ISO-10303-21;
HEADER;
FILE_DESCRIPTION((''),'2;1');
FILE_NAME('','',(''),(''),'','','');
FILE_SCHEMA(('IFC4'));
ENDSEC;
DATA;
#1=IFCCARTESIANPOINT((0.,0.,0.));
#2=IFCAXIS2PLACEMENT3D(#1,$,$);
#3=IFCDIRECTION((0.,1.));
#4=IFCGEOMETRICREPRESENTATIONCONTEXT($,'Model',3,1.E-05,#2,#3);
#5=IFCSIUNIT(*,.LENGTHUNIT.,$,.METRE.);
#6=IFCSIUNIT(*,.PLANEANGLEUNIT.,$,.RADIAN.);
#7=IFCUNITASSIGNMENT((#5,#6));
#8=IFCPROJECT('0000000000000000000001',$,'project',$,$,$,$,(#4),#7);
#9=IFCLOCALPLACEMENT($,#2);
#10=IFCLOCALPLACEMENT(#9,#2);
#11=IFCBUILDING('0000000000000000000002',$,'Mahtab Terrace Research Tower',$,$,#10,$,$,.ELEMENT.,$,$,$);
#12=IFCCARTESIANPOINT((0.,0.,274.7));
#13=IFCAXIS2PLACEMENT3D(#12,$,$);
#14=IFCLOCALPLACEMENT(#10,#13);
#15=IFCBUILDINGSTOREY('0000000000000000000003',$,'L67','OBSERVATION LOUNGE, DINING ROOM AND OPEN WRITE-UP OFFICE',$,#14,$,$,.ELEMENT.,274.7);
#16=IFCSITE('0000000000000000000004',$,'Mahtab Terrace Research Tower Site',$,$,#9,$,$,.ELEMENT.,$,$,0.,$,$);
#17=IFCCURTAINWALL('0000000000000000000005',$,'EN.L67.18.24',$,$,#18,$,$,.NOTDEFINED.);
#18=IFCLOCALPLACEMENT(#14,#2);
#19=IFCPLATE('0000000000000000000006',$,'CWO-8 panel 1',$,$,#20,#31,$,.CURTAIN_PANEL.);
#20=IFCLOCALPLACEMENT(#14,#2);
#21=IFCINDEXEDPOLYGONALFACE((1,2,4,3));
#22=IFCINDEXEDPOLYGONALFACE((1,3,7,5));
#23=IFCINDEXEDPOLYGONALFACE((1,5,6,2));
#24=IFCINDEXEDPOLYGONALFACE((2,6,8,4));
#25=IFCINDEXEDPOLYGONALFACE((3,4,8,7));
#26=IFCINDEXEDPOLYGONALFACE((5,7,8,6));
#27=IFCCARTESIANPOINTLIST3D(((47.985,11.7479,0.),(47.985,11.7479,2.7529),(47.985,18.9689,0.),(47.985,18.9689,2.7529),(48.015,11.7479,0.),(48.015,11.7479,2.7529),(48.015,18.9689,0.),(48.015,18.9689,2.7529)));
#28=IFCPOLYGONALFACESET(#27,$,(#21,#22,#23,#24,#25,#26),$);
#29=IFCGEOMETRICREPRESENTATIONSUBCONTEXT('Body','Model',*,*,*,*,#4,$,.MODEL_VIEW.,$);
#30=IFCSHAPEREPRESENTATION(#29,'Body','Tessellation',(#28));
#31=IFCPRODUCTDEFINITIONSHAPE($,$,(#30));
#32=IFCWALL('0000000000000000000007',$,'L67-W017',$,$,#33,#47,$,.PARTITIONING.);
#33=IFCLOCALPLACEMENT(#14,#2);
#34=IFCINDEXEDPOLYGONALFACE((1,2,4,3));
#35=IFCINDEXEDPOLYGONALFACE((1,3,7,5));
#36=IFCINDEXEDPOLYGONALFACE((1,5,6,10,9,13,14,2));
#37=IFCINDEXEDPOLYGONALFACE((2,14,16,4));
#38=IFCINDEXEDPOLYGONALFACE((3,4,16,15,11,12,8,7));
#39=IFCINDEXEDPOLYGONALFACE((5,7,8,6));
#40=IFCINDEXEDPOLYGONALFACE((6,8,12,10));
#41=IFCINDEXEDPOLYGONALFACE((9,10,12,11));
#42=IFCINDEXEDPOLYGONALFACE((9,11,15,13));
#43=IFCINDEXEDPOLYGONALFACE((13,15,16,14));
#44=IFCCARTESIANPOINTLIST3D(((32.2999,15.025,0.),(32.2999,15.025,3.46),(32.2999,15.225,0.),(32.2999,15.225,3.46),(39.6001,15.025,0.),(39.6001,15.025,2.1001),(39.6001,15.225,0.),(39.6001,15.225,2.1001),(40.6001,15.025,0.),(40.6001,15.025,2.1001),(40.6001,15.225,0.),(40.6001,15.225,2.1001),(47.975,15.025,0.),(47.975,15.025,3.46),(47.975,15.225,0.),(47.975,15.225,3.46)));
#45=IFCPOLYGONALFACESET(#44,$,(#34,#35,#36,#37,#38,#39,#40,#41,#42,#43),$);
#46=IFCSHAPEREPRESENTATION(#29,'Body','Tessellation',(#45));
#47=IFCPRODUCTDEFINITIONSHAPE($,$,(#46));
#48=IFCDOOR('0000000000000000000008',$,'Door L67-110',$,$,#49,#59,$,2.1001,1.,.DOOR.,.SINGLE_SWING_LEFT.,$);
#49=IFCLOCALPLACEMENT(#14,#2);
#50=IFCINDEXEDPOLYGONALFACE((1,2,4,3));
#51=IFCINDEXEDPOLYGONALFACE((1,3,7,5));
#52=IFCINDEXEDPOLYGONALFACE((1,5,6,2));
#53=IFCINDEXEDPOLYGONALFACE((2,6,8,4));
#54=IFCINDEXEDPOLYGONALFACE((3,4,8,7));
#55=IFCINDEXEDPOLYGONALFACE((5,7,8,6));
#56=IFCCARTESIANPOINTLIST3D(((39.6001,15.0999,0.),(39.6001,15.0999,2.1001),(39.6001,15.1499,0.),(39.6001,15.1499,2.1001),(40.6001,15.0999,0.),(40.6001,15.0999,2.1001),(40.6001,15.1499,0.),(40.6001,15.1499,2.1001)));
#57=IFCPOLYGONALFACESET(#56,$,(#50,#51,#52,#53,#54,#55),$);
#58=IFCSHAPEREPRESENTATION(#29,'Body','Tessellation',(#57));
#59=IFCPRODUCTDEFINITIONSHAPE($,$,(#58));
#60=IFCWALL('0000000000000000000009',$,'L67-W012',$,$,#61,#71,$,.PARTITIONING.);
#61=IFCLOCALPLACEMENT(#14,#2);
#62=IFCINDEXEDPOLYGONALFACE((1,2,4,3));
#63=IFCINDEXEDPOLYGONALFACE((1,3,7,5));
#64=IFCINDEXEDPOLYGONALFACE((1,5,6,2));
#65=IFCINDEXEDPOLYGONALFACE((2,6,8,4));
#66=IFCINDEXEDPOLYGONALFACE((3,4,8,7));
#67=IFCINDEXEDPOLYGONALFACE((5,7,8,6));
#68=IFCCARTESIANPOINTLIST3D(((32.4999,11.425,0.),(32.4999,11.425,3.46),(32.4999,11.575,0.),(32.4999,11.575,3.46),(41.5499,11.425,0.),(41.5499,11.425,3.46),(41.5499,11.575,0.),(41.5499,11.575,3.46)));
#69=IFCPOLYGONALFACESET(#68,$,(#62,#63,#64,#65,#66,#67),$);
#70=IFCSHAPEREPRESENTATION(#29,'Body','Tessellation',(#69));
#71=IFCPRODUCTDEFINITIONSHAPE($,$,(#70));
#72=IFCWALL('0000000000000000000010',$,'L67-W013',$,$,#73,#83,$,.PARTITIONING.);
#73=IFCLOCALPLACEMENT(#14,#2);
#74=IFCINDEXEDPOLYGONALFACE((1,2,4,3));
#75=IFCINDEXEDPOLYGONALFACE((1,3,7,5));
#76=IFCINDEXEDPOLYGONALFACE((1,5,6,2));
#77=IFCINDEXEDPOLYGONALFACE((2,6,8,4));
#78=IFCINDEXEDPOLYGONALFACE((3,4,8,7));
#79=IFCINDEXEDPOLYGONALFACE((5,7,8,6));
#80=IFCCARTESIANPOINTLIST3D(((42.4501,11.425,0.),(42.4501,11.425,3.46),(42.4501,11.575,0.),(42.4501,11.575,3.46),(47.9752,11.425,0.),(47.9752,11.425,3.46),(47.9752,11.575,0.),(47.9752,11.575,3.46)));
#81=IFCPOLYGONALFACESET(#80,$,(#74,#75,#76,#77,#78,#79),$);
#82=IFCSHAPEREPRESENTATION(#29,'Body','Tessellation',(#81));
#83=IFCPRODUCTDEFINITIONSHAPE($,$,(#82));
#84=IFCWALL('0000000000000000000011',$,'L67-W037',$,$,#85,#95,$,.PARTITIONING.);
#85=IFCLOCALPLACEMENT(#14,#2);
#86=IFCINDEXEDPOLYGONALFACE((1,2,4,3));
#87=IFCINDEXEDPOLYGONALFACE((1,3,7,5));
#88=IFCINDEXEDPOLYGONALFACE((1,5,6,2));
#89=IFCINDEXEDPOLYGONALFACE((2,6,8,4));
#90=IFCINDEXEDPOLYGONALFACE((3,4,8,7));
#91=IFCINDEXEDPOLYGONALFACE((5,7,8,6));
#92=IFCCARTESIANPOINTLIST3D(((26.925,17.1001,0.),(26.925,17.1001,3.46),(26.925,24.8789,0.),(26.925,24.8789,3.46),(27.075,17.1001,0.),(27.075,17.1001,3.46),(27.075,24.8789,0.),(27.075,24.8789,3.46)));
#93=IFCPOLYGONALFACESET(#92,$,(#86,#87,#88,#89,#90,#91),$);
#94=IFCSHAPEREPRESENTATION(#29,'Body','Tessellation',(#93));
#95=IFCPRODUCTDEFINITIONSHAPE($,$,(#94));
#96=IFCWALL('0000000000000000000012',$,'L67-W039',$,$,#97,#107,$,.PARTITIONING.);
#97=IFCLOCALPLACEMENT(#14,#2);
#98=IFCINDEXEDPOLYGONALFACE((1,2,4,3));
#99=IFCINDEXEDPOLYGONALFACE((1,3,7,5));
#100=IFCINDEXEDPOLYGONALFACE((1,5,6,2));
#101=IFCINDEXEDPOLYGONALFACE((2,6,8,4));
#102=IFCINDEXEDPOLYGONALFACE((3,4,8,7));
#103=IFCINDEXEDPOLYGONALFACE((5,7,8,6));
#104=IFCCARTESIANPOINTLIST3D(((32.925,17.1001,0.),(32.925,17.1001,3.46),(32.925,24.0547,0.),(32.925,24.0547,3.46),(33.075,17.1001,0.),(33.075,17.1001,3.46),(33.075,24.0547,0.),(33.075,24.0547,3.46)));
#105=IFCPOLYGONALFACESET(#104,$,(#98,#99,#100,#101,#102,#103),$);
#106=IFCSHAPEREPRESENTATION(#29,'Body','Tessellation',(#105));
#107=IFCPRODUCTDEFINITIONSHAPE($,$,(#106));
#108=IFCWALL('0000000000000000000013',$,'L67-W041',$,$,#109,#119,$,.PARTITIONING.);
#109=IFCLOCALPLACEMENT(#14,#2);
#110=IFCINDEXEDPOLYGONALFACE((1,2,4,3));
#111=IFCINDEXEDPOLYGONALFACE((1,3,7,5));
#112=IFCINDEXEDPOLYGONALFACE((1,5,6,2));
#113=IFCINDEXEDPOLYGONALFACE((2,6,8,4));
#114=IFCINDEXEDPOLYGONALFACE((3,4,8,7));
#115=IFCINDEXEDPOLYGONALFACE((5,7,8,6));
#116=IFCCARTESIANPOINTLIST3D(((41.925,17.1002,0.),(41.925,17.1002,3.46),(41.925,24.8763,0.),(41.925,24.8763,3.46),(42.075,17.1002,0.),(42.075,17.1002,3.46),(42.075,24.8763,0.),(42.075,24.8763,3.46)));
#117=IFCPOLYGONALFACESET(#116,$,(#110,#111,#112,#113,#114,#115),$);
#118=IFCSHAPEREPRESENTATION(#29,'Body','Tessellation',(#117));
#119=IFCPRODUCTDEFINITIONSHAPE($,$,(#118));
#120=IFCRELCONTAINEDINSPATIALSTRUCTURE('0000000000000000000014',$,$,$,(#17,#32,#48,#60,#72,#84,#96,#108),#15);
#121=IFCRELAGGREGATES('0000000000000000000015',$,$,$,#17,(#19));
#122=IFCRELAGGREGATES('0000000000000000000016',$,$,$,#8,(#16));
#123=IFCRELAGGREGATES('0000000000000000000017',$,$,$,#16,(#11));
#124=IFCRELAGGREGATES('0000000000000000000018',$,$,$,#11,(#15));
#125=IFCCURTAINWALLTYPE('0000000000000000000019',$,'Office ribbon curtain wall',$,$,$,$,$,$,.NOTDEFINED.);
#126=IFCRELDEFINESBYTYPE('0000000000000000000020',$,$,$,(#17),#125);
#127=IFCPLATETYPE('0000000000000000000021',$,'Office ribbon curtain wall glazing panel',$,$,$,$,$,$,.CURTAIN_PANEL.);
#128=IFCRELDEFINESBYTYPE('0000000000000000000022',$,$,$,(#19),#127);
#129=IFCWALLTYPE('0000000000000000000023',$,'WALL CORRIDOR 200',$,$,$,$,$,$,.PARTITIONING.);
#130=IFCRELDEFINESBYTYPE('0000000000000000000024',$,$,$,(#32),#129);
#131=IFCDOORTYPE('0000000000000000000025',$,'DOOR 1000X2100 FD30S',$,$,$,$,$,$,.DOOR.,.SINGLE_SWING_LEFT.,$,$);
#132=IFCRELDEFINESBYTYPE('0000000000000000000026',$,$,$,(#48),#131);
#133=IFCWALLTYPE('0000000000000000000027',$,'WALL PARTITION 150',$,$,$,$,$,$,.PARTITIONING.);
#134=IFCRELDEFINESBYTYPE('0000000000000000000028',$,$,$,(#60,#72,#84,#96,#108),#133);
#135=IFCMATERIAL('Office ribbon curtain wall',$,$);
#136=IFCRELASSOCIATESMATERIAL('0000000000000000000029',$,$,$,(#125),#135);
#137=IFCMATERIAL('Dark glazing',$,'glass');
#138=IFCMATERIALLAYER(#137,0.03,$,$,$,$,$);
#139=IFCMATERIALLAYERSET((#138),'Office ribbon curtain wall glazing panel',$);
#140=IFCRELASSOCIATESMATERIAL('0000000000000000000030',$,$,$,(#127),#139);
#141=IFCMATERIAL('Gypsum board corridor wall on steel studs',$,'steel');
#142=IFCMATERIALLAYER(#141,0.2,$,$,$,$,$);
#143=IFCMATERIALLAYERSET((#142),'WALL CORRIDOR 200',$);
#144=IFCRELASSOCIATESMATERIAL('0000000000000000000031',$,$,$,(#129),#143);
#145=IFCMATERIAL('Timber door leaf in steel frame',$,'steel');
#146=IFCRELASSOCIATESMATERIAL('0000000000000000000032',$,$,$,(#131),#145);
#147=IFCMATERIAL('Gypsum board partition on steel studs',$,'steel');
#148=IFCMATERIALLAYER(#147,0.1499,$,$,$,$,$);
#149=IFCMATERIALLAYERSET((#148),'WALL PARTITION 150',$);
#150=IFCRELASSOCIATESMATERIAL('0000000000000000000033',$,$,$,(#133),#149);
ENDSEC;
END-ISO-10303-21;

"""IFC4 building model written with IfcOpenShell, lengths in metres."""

from ifc_helpers import new_model, si_unit, direction, frame, frame_2d, origin, origin_2d, place, context, subcontext, project, spatial, rectangle, extrude, material, layer, layer_set, type_object, element, fill, aggregate, save


model = new_model("IFC4")

# Units and contexts
model_context = context("Model", 3, precision=1e-05, world=origin(), true_north=direction((0.0, 1.0)))
body_context = subcontext(model_context, "Body", "Model", "MODEL_VIEW")
ifc_project = project(units=[si_unit("LENGTHUNIT", "METRE"), si_unit("PLANEANGLEUNIT", "RADIAN")], contexts=[model_context])

# Site, building, storey
site_placement = place(None, origin())
site = spatial("IfcSite", under=ifc_project, at=site_placement, Name="Mahtab Terrace Research Tower Site", CompositionType="ELEMENT", RefElevation=0.0)
building_placement = place(site_placement, origin())
building = spatial("IfcBuilding", under=site, at=building_placement, Name="Mahtab Terrace Research Tower", CompositionType="ELEMENT")
storey_placement = place(building_placement, frame((0.0, 0.0, 274.7)))
storey = spatial("IfcBuildingStorey", under=building, at=storey_placement, Name="L67", Description="OBSERVATION LOUNGE, DINING ROOM AND OPEN WRITE-UP OFFICE", CompositionType="ELEMENT", Elevation=274.7)

# Shared definitions
ifc_material_1 = material(Name="Office ribbon curtain wall")
curtain_wall_type = type_object("IfcCurtainWallType", Name="Office ribbon curtain wall", PredefinedType="NOTDEFINED", material=ifc_material_1)

# Curtain wall
curtain_wall_1_placement = place(storey_placement, origin())
curtain_wall_1 = element("IfcCurtainWall", 1, at=curtain_wall_1_placement, inside=storey, type_object=curtain_wall_type, Name="EN.L67.18.24", PredefinedType="NOTDEFINED")

# Plate
ifc_material_2 = material(Name="Dark glazing", Category="glass")
ifc_layer_1 = layer(ifc_material_2, 0.03)
ifc_layer_set_1 = layer_set([ifc_layer_1], Name="Office ribbon curtain wall glazing panel")
plate_type = type_object("IfcPlateType", Name="Office ribbon curtain wall glazing panel", PredefinedType="CURTAIN_PANEL", material=ifc_layer_set_1)
plate_1_placement = place(storey_placement, frame((48.0, 15.3584, 0.0), z_axis=(0.0, 0.0, 1.0), x_axis=(0.0, 1.0, 0.0)))
plate_1 = element("IfcPlate", 2, at=plate_1_placement, type_object=plate_type, Name="CWO-8 panel 1", PredefinedType="CURTAIN_PANEL", context=body_context, shape_type="SweptSolid", body=[
    extrude(rectangle(XDim=7.2209, YDim=0.03, at=origin_2d()), origin(), (0.0, 0.0, 1.0), 2.7529),
])
aggregate(curtain_wall_1, [plate_1])

# Wall, opening, door
ifc_material_3 = material(Name="Gypsum board corridor wall on steel studs", Category="steel")
ifc_layer_2 = layer(ifc_material_3, 0.2)
ifc_layer_set_2 = layer_set([ifc_layer_2], Name="WALL CORRIDOR 200")
wall_type_1 = type_object("IfcWallType", Name="WALL CORRIDOR 200", PredefinedType="PARTITIONING", material=ifc_layer_set_2)
wall_1_placement = place(storey_placement, frame((32.3, 15.125, 0.0), z_axis=(0.0, 0.0, 1.0), x_axis=(1.0, 0.0, 0.0)))
wall_1 = element("IfcWall", 3, at=wall_1_placement, inside=storey, type_object=wall_type_1, Name="L67-W017", PredefinedType="PARTITIONING", context=body_context, shape_type="SweptSolid", body=[
    extrude(rectangle(XDim=15.675, YDim=0.2, at=frame_2d((7.8374, 0.0))), origin(), (0.0, 0.0, 1.0), 3.46),
])
opening_placement = place(wall_1_placement, frame((7.3, 0.0, 0.0)))
opening = element("IfcOpeningElement", 4, at=opening_placement, cuts=wall_1, PredefinedType="OPENING", context=body_context, shape_type="SweptSolid", body=[
    extrude(rectangle(XDim=1.0, YDim=2.1001, at=frame_2d((0.5, 1.05))), frame((0.0, 0.1099, 0.0), z_axis=(0.0, -1.0, 0.0), x_axis=(1.0, 0.0, 0.0)), (0.0, 0.0, 1.0), 0.22),
])
ifc_material_4 = material(Name="Timber door leaf in steel frame", Category="steel")
door_type = type_object("IfcDoorType", Name="DOOR 1000X2100 FD30S", OperationType="SINGLE_SWING_LEFT", PredefinedType="DOOR", material=ifc_material_4)
door_placement = place(opening_placement, origin())
door = element("IfcDoor", 5, at=door_placement, inside=storey, type_object=door_type, Name="Door L67-110", OperationType="SINGLE_SWING_LEFT", OverallHeight=2.1001, OverallWidth=1.0, PredefinedType="DOOR", context=body_context, shape_type="SweptSolid", body=[
    extrude(rectangle(XDim=1.0, YDim=2.1001, at=frame_2d((0.5, 1.05))), frame((0.0, 0.0249, 0.0), z_axis=(0.0, -1.0, 0.0), x_axis=(1.0, 0.0, 0.0)), (0.0, 0.0, 1.0), 0.05),
])
fill(opening, door)

# Walls
ifc_material_5 = material(Name="Gypsum board partition on steel studs", Category="steel")
ifc_layer_3 = layer(ifc_material_5, 0.1499)
ifc_layer_set_3 = layer_set([ifc_layer_3], Name="WALL PARTITION 150")
wall_type_2 = type_object("IfcWallType", Name="WALL PARTITION 150", PredefinedType="PARTITIONING", material=ifc_layer_set_3)
wall_2_placement = place(storey_placement, frame((32.5, 11.5, 0.0), z_axis=(0.0, 0.0, 1.0), x_axis=(1.0, 0.0, 0.0)))
element("IfcWall", 6, at=wall_2_placement, inside=storey, type_object=wall_type_2, Name="L67-W012", PredefinedType="PARTITIONING", context=body_context, shape_type="SweptSolid", body=[
    extrude(rectangle(XDim=9.05, YDim=0.1499, at=frame_2d((4.5249, 0.0))), origin(), (0.0, 0.0, 1.0), 3.46),
])
wall_3_placement = place(storey_placement, frame((42.45, 11.5, 0.0), z_axis=(0.0, 0.0, 1.0), x_axis=(1.0, 0.0, 0.0)))
element("IfcWall", 7, at=wall_3_placement, inside=storey, type_object=wall_type_2, Name="L67-W013", PredefinedType="PARTITIONING", context=body_context, shape_type="SweptSolid", body=[
    extrude(rectangle(XDim=5.5251, YDim=0.1499, at=frame_2d((2.7627, 0.0))), origin(), (0.0, 0.0, 1.0), 3.46),
])
wall_4_placement = place(storey_placement, frame((27.0, 17.1001, 0.0), z_axis=(0.0, 0.0, 1.0), x_axis=(0.0, 1.0, 0.0)))
element("IfcWall", 8, at=wall_4_placement, inside=storey, type_object=wall_type_2, Name="L67-W037", PredefinedType="PARTITIONING", context=body_context, shape_type="SweptSolid", body=[
    extrude(rectangle(XDim=7.7788, YDim=0.1499, at=frame_2d((3.8894, 0.0))), origin(), (0.0, 0.0, 1.0), 3.46),
])
wall_5_placement = place(storey_placement, frame((33.0, 17.1001, 0.0), z_axis=(0.0, 0.0, 1.0), x_axis=(0.0, 1.0, 0.0)))
element("IfcWall", 9, at=wall_5_placement, inside=storey, type_object=wall_type_2, Name="L67-W039", PredefinedType="PARTITIONING", context=body_context, shape_type="SweptSolid", body=[
    extrude(rectangle(XDim=6.9546, YDim=0.1499, at=frame_2d((3.4773, 0.0))), origin(), (0.0, 0.0, 1.0), 3.46),
])
wall_6_placement = place(storey_placement, frame((42.0, 17.1001, 0.0), z_axis=(0.0, 0.0, 1.0), x_axis=(0.0, 1.0, 0.0)))
element("IfcWall", 10, at=wall_6_placement, inside=storey, type_object=wall_type_2, Name="L67-W041", PredefinedType="PARTITIONING", context=body_context, shape_type="SweptSolid", body=[
    extrude(rectangle(XDim=7.7761, YDim=0.1499, at=frame_2d((3.8882, 0.0))), origin(), (0.0, 0.0, 1.0), 3.46),
])

save(model, "model.ifc")
